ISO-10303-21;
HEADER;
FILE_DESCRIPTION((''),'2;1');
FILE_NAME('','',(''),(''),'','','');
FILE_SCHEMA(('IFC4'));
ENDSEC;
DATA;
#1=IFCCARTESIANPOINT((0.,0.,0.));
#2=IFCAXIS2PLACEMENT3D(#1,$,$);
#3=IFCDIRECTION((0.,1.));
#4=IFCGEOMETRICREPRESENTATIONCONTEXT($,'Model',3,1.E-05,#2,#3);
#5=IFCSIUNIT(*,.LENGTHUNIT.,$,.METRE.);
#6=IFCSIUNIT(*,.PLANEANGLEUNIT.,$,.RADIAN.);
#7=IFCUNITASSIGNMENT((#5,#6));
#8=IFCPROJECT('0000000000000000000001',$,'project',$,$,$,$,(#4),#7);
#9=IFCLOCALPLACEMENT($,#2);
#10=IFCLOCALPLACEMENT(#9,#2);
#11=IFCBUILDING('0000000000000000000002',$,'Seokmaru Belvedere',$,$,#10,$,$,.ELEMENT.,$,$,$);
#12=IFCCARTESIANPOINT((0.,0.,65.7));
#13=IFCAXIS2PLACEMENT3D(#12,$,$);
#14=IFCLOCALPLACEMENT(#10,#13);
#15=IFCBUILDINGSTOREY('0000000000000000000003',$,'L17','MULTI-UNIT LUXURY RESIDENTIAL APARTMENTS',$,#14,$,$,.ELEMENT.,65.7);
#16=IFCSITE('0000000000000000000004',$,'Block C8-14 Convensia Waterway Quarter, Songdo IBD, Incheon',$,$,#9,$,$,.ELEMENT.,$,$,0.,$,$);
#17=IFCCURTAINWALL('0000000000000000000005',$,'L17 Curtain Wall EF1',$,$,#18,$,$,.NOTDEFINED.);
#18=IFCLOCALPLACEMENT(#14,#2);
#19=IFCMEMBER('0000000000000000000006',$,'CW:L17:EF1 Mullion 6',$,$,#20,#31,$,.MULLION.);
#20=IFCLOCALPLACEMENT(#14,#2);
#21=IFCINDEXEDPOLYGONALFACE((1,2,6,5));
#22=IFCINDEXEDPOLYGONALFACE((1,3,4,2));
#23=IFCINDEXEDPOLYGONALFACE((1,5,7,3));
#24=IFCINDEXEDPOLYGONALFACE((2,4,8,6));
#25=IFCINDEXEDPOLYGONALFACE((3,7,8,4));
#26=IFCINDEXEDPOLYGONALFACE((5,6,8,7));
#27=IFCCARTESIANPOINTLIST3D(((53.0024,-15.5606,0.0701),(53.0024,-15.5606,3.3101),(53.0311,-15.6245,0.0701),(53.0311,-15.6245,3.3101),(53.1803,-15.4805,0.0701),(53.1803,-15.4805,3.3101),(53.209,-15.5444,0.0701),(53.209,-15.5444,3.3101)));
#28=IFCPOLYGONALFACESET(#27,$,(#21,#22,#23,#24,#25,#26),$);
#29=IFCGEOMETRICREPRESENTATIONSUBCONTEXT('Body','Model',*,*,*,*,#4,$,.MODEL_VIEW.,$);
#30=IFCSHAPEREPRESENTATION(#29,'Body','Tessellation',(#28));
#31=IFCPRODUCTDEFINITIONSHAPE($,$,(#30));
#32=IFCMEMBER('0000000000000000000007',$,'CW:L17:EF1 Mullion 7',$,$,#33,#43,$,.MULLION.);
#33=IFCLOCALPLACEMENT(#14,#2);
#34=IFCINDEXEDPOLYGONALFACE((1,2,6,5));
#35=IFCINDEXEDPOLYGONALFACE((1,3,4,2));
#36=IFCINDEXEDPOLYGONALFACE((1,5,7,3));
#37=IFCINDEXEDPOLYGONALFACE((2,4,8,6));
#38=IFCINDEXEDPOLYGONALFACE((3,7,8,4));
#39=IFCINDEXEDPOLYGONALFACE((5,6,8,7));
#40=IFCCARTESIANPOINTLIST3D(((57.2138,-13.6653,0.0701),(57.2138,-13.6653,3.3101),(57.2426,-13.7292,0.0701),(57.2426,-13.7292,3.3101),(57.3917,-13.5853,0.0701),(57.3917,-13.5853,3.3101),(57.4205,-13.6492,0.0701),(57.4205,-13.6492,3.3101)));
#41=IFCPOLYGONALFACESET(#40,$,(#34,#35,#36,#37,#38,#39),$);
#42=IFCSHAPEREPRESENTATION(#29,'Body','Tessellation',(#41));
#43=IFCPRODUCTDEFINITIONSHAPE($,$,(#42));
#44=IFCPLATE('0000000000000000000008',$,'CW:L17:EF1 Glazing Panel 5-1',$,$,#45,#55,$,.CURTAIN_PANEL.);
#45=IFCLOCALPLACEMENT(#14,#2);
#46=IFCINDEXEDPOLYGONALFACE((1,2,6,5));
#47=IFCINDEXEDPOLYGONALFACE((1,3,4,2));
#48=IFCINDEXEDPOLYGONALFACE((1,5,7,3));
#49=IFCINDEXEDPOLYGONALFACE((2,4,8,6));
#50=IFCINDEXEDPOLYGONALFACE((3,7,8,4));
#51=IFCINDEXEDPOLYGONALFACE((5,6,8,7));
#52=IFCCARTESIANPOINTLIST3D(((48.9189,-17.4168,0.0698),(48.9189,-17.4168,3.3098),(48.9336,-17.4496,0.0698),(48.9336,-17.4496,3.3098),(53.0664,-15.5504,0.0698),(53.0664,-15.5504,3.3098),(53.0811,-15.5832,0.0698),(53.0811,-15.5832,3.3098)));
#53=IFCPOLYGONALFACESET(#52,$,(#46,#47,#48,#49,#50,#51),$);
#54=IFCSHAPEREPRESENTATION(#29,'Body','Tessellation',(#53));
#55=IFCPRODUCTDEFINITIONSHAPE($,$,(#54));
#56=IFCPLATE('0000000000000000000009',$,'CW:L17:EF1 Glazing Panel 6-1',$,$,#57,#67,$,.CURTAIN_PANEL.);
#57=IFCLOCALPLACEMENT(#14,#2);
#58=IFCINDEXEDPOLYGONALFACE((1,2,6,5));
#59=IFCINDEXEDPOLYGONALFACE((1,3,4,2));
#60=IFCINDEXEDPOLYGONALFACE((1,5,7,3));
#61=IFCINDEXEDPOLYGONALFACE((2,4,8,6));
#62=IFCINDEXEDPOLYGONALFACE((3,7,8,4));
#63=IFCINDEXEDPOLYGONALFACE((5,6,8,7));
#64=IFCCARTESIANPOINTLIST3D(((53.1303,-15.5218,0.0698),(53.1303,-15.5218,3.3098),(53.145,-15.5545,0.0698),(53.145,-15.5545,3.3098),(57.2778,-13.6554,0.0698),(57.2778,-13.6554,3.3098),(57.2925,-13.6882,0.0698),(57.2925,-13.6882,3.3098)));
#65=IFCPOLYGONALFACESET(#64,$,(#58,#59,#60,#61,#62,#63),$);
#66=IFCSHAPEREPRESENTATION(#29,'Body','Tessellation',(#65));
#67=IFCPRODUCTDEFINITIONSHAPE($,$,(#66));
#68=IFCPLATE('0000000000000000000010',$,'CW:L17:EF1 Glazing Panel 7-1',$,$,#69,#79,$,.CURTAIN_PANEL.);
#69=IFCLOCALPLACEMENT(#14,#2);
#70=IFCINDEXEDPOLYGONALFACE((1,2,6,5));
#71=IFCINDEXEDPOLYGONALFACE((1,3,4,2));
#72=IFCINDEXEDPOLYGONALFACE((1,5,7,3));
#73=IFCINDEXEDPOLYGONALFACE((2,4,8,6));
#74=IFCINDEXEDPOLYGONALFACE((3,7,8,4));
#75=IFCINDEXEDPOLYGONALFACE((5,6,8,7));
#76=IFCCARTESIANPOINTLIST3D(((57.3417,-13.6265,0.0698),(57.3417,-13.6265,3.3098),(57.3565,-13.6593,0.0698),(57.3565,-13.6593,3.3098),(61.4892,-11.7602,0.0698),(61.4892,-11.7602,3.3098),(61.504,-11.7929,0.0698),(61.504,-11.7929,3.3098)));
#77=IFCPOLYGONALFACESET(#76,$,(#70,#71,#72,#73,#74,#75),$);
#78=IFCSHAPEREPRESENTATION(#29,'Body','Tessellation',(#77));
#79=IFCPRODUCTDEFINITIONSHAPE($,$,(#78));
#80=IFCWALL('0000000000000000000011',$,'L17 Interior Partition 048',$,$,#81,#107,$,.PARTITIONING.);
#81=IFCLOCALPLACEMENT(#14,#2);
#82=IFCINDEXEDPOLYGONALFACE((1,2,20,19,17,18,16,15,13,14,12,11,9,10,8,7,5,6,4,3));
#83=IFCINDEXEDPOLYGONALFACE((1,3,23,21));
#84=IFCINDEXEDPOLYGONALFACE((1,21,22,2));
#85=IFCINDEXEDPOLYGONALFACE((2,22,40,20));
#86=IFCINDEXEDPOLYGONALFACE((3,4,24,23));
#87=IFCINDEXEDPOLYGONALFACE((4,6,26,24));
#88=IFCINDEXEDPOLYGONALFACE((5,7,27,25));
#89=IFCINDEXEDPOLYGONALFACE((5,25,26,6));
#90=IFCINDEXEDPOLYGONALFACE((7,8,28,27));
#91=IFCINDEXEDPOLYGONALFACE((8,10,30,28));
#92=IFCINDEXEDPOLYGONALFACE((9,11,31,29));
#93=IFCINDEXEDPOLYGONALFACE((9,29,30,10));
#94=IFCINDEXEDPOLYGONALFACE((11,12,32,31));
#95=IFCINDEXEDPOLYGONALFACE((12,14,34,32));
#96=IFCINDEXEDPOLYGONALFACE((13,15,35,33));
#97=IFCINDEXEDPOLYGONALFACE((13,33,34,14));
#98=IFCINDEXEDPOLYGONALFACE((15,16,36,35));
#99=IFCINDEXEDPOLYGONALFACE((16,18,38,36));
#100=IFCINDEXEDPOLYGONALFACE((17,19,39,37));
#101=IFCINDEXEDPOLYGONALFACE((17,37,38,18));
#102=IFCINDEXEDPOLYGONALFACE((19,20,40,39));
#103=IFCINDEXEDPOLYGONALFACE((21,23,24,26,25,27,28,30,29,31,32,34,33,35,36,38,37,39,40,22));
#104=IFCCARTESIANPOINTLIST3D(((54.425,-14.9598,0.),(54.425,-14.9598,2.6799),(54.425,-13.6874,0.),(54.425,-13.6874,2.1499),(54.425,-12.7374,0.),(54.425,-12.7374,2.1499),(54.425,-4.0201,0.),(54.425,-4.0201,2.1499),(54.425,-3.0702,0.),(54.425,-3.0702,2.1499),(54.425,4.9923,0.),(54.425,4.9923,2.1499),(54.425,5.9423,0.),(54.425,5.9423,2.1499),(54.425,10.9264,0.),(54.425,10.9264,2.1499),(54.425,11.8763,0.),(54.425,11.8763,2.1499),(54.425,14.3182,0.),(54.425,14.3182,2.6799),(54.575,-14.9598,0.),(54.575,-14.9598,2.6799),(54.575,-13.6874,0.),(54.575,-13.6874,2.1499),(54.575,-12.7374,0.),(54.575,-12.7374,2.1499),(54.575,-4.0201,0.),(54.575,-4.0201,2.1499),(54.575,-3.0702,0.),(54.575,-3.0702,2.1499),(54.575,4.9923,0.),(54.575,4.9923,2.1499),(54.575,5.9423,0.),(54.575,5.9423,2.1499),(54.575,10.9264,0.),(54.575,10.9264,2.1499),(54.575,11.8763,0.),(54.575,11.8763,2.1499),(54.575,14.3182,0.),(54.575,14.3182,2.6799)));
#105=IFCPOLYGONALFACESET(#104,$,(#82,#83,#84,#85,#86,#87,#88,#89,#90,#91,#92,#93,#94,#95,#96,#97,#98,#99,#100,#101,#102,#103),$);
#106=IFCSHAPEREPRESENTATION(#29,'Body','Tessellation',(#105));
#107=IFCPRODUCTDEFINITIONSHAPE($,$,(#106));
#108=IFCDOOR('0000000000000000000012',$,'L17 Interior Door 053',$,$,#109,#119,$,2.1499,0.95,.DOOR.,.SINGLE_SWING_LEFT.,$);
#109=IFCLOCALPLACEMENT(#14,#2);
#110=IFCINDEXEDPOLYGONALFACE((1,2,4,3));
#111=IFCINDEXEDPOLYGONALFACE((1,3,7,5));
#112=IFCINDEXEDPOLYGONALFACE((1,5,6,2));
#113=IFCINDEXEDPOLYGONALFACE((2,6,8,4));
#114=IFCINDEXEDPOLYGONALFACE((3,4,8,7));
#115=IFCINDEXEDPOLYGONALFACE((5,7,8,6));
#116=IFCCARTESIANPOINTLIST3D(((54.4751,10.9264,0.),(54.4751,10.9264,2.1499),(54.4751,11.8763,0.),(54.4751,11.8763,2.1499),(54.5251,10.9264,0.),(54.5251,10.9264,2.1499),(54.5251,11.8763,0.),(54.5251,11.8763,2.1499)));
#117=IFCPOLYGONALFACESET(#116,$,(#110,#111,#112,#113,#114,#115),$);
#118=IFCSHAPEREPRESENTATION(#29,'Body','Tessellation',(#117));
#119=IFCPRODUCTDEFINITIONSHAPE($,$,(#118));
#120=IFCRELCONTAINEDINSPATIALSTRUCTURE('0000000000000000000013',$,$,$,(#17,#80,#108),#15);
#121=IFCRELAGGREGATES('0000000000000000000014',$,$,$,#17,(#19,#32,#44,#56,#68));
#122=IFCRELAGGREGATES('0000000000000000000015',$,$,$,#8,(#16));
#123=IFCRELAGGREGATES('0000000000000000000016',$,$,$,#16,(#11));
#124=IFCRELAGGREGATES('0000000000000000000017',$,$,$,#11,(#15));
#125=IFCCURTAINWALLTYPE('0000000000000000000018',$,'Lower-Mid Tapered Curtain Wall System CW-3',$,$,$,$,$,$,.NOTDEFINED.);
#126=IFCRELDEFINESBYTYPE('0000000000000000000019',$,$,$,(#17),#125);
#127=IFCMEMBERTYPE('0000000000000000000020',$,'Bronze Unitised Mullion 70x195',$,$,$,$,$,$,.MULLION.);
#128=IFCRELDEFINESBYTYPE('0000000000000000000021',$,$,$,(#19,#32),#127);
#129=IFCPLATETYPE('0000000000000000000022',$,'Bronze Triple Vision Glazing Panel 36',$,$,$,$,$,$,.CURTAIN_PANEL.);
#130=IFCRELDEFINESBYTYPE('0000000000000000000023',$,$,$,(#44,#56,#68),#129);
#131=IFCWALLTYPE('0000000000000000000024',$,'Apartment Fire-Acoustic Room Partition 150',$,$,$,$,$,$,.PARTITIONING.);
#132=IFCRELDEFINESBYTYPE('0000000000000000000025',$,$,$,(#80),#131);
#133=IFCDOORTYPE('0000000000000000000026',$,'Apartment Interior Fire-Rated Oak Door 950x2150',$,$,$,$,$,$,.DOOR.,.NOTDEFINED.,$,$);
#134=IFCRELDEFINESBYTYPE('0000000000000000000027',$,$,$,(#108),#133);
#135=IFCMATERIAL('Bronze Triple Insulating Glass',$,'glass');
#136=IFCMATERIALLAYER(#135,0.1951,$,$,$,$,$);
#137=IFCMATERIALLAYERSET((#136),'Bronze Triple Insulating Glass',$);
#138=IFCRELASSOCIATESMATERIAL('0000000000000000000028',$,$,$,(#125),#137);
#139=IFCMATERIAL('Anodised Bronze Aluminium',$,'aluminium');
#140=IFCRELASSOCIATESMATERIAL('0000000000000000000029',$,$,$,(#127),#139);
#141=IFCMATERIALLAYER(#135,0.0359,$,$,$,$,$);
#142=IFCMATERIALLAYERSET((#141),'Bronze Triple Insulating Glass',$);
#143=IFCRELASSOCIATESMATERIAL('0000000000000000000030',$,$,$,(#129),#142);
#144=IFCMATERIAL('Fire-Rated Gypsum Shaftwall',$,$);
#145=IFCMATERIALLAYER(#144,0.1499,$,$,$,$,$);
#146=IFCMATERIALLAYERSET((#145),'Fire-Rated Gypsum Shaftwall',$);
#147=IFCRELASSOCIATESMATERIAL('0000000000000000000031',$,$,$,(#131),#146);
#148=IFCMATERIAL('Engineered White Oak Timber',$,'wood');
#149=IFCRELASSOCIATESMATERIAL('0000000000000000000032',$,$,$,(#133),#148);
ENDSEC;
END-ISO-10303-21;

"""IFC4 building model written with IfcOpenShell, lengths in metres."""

from ifc_helpers import new_model, si_unit, direction, frame, frame_2d, origin, origin_2d, place, context, subcontext, project, spatial, rectangle, extrude, source, transform, mapped, material, layer, layer_set, material_profile, profile_set, type_object, type_shapes, element, fill, aggregate, save


model = new_model("IFC4")

# Units and contexts
model_context = context("Model", 3, precision=1e-05, world=origin(), true_north=direction((0.0, 1.0)))
body_context = subcontext(model_context, "Body", "Model", "MODEL_VIEW")
ifc_project = project(units=[si_unit("LENGTHUNIT", "METRE"), si_unit("PLANEANGLEUNIT", "RADIAN")], contexts=[model_context])

# Site, building, storey
site_placement = place(None, origin())
site = spatial("IfcSite", under=ifc_project, at=site_placement, Name="Block C8-14 Convensia Waterway Quarter, Songdo IBD, Incheon", CompositionType="ELEMENT", RefElevation=0.0)
building_placement = place(site_placement, origin())
building = spatial("IfcBuilding", under=site, at=building_placement, Name="Seokmaru Belvedere", CompositionType="ELEMENT")
storey_placement = place(building_placement, frame((0.0, 0.0, 65.7)))
storey = spatial("IfcBuildingStorey", under=building, at=storey_placement, Name="L17", Description="MULTI-UNIT LUXURY RESIDENTIAL APARTMENTS", CompositionType="ELEMENT", Elevation=65.7)

# Curtain wall, members, plates
ifc_material_1 = material(Name="Bronze Triple Insulating Glass", Category="glass")
ifc_layer_1 = layer(ifc_material_1, 0.1951)
ifc_layer_set_1 = layer_set([ifc_layer_1], Name="Bronze Triple Insulating Glass")
curtain_wall_type = type_object("IfcCurtainWallType", Name="Lower-Mid Tapered Curtain Wall System CW-3", PredefinedType="NOTDEFINED", material=ifc_layer_set_1)
curtain_wall_placement = place(storey_placement, origin())
curtain_wall = element("IfcCurtainWall", 1, at=curtain_wall_placement, inside=storey, type_object=curtain_wall_type, Name="L17 Curtain Wall EF1", PredefinedType="NOTDEFINED")
ifc_material_2 = material(Name="Anodised Bronze Aluminium", Category="aluminium")
ifc_material_profile_1 = material_profile(ifc_material_2, rectangle(XDim=0.0701, YDim=0.1951, at=origin_2d()), Name="CW-M-70x195")
ifc_profile_set_1 = profile_set([ifc_material_profile_1], Name="Anodised Bronze Aluminium")
member_type = type_object("IfcMemberType", Name="Bronze Unitised Mullion 70x195", PredefinedType="MULLION", material=ifc_profile_set_1)
shared_shape_1 = source(origin(), body_context, "Body", "SweptSolid", [
    extrude(rectangle(XDim=0.0701, YDim=0.1951, at=origin_2d()), origin(), (0.0, 0.0, 1.0), 3.24),
])
type_shapes(member_type, [shared_shape_1])
member_1_placement = place(storey_placement, frame((53.1057, -15.5525, 0.0701), z_axis=(0.0, 0.0, 1.0), x_axis=(-0.410366, 0.911921, 0.0)))
member_1 = element("IfcMember", 2, at=member_1_placement, type_object=member_type, Name="CW:L17:EF1 Mullion 6", PredefinedType="MULLION", context=body_context, shape_type="MappedRepresentation", body=[
    mapped(shared_shape_1, transform((0.0, 0.0, 0.0), scale=1.0)),
])
member_2_placement = place(storey_placement, frame((57.3171, -13.6572, 0.0701), z_axis=(0.0, 0.0, 1.0), x_axis=(-0.410366, 0.911921, 0.0)))
member_2 = element("IfcMember", 3, at=member_2_placement, type_object=member_type, Name="CW:L17:EF1 Mullion 7", PredefinedType="MULLION", context=body_context, shape_type="MappedRepresentation", body=[
    mapped(shared_shape_1, transform((0.0, 0.0, 0.0), scale=1.0)),
])
ifc_layer_2 = layer(ifc_material_1, 0.0359)
ifc_layer_set_2 = layer_set([ifc_layer_2], Name="Bronze Triple Insulating Glass")
plate_type = type_object("IfcPlateType", Name="Bronze Triple Vision Glazing Panel 36", PredefinedType="CURTAIN_PANEL", material=ifc_layer_set_2)
shared_shape_2 = source(origin(), body_context, "Body", "SweptSolid", [
    extrude(rectangle(XDim=4.5481, YDim=0.0359, at=origin_2d()), origin(), (0.0, 0.0, 1.0), 3.24),
])
type_shapes(plate_type, [shared_shape_2])
plate_1_placement = place(storey_placement, frame((51.0, -16.5, 0.0698), z_axis=(0.0, 0.0, 1.0), x_axis=(0.911921, 0.410366, 0.0)))
plate_1 = element("IfcPlate", 4, at=plate_1_placement, type_object=plate_type, Name="CW:L17:EF1 Glazing Panel 5-1", PredefinedType="CURTAIN_PANEL", context=body_context, shape_type="MappedRepresentation", body=[
    mapped(shared_shape_2, transform((0.0, 0.0, 0.0), scale=1.0)),
])
plate_2_placement = place(storey_placement, frame((55.2114, -14.605, 0.0698), z_axis=(0.0, 0.0, 1.0), x_axis=(0.911921, 0.410366, 0.0)))
plate_2 = element("IfcPlate", 5, at=plate_2_placement, type_object=plate_type, Name="CW:L17:EF1 Glazing Panel 6-1", PredefinedType="CURTAIN_PANEL", context=body_context, shape_type="MappedRepresentation", body=[
    mapped(shared_shape_2, transform((0.0, 0.0, 0.0), scale=1.0)),
])
plate_3_placement = place(storey_placement, frame((59.4229, -12.7097, 0.0698), z_axis=(0.0, 0.0, 1.0), x_axis=(0.911921, 0.410366, 0.0)))
plate_3 = element("IfcPlate", 6, at=plate_3_placement, type_object=plate_type, Name="CW:L17:EF1 Glazing Panel 7-1", PredefinedType="CURTAIN_PANEL", context=body_context, shape_type="MappedRepresentation", body=[
    mapped(shared_shape_2, transform((0.0, 0.0, 0.0), scale=1.0)),
])
aggregate(curtain_wall, [member_1, member_2, plate_1, plate_2, plate_3])

# Wall, openings, door
ifc_material_3 = material(Name="Fire-Rated Gypsum Shaftwall")
ifc_layer_3 = layer(ifc_material_3, 0.1499)
ifc_layer_set_3 = layer_set([ifc_layer_3], Name="Fire-Rated Gypsum Shaftwall")
wall_type = type_object("IfcWallType", Name="Apartment Fire-Acoustic Room Partition 150", PredefinedType="PARTITIONING", material=ifc_layer_set_3)
wall_1_placement = place(storey_placement, frame((54.5, -14.96, 0.0), z_axis=(0.0, 0.0, 1.0), x_axis=(0.0, 1.0, 0.0)))
wall_1 = element("IfcWall", 7, at=wall_1_placement, inside=storey, type_object=wall_type, Name="L17 Interior Partition 048", PredefinedType="PARTITIONING", context=body_context, shape_type="SweptSolid", body=[
    extrude(rectangle(XDim=29.2781, YDim=0.1499, at=frame_2d((14.6392, 0.0))), origin(), (0.0, 0.0, 1.0), 2.6799),
])
opening_1_placement = place(wall_1_placement, frame((1.2725, 0.0, 0.0)))
element("IfcOpeningElement", 8, at=opening_1_placement, cuts=wall_1, PredefinedType="OPENING", context=body_context, shape_type="SweptSolid", body=[
    extrude(rectangle(XDim=0.95, YDim=2.1499, at=frame_2d((0.4751, 1.075))), frame((0.0, 0.085, 0.0), z_axis=(0.0, -1.0, 0.0), x_axis=(1.0, 0.0, 0.0)), (0.0, 0.0, 1.0), 0.1699),
])
opening_2_placement = place(wall_1_placement, frame((10.9397, 0.0, 0.0)))
element("IfcOpeningElement", 9, at=opening_2_placement, cuts=wall_1, PredefinedType="OPENING", context=body_context, shape_type="SweptSolid", body=[
    extrude(rectangle(XDim=0.95, YDim=2.1499, at=frame_2d((0.4751, 1.075))), frame((0.0, 0.085, 0.0), z_axis=(0.0, -1.0, 0.0), x_axis=(1.0, 0.0, 0.0)), (0.0, 0.0, 1.0), 0.1699),
])
opening_3_placement = place(wall_1_placement, frame((25.8862, 0.0, 0.0)))
opening_3 = element("IfcOpeningElement", 10, at=opening_3_placement, cuts=wall_1, PredefinedType="OPENING", context=body_context, shape_type="SweptSolid", body=[
    extrude(rectangle(XDim=0.95, YDim=2.1499, at=frame_2d((0.4751, 1.075))), frame((0.0, 0.085, 0.0), z_axis=(0.0, -1.0, 0.0), x_axis=(1.0, 0.0, 0.0)), (0.0, 0.0, 1.0), 0.1699),
])
opening_4_placement = place(wall_1_placement, frame((19.9521, 0.0, 0.0)))
element("IfcOpeningElement", 11, at=opening_4_placement, cuts=wall_1, PredefinedType="OPENING", context=body_context, shape_type="SweptSolid", body=[
    extrude(rectangle(XDim=0.95, YDim=2.1499, at=frame_2d((0.4751, 1.075))), frame((0.0, 0.085, 0.0), z_axis=(0.0, -1.0, 0.0), x_axis=(1.0, 0.0, 0.0)), (0.0, 0.0, 1.0), 0.1699),
])
ifc_material_4 = material(Name="Engineered White Oak Timber", Category="wood")
door_type = type_object("IfcDoorType", Name="Apartment Interior Fire-Rated Oak Door 950x2150", OperationType="NOTDEFINED", PredefinedType="DOOR", material=ifc_material_4)
shared_shape_3 = source(origin(), body_context, "Body", "SweptSolid", [
    extrude(rectangle(XDim=0.95, YDim=2.1499, at=frame_2d((0.4751, 1.075))), frame((0.0, 0.0249, 0.0), z_axis=(0.0, -1.0, 0.0), x_axis=(1.0, 0.0, 0.0)), (0.0, 0.0, 1.0), 0.05),
])
type_shapes(door_type, [shared_shape_3])
door_1_placement = place(opening_3_placement, origin())
door_1 = element("IfcDoor", 12, at=door_1_placement, inside=storey, type_object=door_type, Name="L17 Interior Door 053", OperationType="SINGLE_SWING_LEFT", OverallHeight=2.1499, OverallWidth=0.95, PredefinedType="DOOR", context=body_context, shape_type="MappedRepresentation", body=[
    mapped(shared_shape_3, transform((0.0, 0.0, 0.0), scale=1.0)),
])
fill(opening_3, door_1)

save(model, "model.ifc")
